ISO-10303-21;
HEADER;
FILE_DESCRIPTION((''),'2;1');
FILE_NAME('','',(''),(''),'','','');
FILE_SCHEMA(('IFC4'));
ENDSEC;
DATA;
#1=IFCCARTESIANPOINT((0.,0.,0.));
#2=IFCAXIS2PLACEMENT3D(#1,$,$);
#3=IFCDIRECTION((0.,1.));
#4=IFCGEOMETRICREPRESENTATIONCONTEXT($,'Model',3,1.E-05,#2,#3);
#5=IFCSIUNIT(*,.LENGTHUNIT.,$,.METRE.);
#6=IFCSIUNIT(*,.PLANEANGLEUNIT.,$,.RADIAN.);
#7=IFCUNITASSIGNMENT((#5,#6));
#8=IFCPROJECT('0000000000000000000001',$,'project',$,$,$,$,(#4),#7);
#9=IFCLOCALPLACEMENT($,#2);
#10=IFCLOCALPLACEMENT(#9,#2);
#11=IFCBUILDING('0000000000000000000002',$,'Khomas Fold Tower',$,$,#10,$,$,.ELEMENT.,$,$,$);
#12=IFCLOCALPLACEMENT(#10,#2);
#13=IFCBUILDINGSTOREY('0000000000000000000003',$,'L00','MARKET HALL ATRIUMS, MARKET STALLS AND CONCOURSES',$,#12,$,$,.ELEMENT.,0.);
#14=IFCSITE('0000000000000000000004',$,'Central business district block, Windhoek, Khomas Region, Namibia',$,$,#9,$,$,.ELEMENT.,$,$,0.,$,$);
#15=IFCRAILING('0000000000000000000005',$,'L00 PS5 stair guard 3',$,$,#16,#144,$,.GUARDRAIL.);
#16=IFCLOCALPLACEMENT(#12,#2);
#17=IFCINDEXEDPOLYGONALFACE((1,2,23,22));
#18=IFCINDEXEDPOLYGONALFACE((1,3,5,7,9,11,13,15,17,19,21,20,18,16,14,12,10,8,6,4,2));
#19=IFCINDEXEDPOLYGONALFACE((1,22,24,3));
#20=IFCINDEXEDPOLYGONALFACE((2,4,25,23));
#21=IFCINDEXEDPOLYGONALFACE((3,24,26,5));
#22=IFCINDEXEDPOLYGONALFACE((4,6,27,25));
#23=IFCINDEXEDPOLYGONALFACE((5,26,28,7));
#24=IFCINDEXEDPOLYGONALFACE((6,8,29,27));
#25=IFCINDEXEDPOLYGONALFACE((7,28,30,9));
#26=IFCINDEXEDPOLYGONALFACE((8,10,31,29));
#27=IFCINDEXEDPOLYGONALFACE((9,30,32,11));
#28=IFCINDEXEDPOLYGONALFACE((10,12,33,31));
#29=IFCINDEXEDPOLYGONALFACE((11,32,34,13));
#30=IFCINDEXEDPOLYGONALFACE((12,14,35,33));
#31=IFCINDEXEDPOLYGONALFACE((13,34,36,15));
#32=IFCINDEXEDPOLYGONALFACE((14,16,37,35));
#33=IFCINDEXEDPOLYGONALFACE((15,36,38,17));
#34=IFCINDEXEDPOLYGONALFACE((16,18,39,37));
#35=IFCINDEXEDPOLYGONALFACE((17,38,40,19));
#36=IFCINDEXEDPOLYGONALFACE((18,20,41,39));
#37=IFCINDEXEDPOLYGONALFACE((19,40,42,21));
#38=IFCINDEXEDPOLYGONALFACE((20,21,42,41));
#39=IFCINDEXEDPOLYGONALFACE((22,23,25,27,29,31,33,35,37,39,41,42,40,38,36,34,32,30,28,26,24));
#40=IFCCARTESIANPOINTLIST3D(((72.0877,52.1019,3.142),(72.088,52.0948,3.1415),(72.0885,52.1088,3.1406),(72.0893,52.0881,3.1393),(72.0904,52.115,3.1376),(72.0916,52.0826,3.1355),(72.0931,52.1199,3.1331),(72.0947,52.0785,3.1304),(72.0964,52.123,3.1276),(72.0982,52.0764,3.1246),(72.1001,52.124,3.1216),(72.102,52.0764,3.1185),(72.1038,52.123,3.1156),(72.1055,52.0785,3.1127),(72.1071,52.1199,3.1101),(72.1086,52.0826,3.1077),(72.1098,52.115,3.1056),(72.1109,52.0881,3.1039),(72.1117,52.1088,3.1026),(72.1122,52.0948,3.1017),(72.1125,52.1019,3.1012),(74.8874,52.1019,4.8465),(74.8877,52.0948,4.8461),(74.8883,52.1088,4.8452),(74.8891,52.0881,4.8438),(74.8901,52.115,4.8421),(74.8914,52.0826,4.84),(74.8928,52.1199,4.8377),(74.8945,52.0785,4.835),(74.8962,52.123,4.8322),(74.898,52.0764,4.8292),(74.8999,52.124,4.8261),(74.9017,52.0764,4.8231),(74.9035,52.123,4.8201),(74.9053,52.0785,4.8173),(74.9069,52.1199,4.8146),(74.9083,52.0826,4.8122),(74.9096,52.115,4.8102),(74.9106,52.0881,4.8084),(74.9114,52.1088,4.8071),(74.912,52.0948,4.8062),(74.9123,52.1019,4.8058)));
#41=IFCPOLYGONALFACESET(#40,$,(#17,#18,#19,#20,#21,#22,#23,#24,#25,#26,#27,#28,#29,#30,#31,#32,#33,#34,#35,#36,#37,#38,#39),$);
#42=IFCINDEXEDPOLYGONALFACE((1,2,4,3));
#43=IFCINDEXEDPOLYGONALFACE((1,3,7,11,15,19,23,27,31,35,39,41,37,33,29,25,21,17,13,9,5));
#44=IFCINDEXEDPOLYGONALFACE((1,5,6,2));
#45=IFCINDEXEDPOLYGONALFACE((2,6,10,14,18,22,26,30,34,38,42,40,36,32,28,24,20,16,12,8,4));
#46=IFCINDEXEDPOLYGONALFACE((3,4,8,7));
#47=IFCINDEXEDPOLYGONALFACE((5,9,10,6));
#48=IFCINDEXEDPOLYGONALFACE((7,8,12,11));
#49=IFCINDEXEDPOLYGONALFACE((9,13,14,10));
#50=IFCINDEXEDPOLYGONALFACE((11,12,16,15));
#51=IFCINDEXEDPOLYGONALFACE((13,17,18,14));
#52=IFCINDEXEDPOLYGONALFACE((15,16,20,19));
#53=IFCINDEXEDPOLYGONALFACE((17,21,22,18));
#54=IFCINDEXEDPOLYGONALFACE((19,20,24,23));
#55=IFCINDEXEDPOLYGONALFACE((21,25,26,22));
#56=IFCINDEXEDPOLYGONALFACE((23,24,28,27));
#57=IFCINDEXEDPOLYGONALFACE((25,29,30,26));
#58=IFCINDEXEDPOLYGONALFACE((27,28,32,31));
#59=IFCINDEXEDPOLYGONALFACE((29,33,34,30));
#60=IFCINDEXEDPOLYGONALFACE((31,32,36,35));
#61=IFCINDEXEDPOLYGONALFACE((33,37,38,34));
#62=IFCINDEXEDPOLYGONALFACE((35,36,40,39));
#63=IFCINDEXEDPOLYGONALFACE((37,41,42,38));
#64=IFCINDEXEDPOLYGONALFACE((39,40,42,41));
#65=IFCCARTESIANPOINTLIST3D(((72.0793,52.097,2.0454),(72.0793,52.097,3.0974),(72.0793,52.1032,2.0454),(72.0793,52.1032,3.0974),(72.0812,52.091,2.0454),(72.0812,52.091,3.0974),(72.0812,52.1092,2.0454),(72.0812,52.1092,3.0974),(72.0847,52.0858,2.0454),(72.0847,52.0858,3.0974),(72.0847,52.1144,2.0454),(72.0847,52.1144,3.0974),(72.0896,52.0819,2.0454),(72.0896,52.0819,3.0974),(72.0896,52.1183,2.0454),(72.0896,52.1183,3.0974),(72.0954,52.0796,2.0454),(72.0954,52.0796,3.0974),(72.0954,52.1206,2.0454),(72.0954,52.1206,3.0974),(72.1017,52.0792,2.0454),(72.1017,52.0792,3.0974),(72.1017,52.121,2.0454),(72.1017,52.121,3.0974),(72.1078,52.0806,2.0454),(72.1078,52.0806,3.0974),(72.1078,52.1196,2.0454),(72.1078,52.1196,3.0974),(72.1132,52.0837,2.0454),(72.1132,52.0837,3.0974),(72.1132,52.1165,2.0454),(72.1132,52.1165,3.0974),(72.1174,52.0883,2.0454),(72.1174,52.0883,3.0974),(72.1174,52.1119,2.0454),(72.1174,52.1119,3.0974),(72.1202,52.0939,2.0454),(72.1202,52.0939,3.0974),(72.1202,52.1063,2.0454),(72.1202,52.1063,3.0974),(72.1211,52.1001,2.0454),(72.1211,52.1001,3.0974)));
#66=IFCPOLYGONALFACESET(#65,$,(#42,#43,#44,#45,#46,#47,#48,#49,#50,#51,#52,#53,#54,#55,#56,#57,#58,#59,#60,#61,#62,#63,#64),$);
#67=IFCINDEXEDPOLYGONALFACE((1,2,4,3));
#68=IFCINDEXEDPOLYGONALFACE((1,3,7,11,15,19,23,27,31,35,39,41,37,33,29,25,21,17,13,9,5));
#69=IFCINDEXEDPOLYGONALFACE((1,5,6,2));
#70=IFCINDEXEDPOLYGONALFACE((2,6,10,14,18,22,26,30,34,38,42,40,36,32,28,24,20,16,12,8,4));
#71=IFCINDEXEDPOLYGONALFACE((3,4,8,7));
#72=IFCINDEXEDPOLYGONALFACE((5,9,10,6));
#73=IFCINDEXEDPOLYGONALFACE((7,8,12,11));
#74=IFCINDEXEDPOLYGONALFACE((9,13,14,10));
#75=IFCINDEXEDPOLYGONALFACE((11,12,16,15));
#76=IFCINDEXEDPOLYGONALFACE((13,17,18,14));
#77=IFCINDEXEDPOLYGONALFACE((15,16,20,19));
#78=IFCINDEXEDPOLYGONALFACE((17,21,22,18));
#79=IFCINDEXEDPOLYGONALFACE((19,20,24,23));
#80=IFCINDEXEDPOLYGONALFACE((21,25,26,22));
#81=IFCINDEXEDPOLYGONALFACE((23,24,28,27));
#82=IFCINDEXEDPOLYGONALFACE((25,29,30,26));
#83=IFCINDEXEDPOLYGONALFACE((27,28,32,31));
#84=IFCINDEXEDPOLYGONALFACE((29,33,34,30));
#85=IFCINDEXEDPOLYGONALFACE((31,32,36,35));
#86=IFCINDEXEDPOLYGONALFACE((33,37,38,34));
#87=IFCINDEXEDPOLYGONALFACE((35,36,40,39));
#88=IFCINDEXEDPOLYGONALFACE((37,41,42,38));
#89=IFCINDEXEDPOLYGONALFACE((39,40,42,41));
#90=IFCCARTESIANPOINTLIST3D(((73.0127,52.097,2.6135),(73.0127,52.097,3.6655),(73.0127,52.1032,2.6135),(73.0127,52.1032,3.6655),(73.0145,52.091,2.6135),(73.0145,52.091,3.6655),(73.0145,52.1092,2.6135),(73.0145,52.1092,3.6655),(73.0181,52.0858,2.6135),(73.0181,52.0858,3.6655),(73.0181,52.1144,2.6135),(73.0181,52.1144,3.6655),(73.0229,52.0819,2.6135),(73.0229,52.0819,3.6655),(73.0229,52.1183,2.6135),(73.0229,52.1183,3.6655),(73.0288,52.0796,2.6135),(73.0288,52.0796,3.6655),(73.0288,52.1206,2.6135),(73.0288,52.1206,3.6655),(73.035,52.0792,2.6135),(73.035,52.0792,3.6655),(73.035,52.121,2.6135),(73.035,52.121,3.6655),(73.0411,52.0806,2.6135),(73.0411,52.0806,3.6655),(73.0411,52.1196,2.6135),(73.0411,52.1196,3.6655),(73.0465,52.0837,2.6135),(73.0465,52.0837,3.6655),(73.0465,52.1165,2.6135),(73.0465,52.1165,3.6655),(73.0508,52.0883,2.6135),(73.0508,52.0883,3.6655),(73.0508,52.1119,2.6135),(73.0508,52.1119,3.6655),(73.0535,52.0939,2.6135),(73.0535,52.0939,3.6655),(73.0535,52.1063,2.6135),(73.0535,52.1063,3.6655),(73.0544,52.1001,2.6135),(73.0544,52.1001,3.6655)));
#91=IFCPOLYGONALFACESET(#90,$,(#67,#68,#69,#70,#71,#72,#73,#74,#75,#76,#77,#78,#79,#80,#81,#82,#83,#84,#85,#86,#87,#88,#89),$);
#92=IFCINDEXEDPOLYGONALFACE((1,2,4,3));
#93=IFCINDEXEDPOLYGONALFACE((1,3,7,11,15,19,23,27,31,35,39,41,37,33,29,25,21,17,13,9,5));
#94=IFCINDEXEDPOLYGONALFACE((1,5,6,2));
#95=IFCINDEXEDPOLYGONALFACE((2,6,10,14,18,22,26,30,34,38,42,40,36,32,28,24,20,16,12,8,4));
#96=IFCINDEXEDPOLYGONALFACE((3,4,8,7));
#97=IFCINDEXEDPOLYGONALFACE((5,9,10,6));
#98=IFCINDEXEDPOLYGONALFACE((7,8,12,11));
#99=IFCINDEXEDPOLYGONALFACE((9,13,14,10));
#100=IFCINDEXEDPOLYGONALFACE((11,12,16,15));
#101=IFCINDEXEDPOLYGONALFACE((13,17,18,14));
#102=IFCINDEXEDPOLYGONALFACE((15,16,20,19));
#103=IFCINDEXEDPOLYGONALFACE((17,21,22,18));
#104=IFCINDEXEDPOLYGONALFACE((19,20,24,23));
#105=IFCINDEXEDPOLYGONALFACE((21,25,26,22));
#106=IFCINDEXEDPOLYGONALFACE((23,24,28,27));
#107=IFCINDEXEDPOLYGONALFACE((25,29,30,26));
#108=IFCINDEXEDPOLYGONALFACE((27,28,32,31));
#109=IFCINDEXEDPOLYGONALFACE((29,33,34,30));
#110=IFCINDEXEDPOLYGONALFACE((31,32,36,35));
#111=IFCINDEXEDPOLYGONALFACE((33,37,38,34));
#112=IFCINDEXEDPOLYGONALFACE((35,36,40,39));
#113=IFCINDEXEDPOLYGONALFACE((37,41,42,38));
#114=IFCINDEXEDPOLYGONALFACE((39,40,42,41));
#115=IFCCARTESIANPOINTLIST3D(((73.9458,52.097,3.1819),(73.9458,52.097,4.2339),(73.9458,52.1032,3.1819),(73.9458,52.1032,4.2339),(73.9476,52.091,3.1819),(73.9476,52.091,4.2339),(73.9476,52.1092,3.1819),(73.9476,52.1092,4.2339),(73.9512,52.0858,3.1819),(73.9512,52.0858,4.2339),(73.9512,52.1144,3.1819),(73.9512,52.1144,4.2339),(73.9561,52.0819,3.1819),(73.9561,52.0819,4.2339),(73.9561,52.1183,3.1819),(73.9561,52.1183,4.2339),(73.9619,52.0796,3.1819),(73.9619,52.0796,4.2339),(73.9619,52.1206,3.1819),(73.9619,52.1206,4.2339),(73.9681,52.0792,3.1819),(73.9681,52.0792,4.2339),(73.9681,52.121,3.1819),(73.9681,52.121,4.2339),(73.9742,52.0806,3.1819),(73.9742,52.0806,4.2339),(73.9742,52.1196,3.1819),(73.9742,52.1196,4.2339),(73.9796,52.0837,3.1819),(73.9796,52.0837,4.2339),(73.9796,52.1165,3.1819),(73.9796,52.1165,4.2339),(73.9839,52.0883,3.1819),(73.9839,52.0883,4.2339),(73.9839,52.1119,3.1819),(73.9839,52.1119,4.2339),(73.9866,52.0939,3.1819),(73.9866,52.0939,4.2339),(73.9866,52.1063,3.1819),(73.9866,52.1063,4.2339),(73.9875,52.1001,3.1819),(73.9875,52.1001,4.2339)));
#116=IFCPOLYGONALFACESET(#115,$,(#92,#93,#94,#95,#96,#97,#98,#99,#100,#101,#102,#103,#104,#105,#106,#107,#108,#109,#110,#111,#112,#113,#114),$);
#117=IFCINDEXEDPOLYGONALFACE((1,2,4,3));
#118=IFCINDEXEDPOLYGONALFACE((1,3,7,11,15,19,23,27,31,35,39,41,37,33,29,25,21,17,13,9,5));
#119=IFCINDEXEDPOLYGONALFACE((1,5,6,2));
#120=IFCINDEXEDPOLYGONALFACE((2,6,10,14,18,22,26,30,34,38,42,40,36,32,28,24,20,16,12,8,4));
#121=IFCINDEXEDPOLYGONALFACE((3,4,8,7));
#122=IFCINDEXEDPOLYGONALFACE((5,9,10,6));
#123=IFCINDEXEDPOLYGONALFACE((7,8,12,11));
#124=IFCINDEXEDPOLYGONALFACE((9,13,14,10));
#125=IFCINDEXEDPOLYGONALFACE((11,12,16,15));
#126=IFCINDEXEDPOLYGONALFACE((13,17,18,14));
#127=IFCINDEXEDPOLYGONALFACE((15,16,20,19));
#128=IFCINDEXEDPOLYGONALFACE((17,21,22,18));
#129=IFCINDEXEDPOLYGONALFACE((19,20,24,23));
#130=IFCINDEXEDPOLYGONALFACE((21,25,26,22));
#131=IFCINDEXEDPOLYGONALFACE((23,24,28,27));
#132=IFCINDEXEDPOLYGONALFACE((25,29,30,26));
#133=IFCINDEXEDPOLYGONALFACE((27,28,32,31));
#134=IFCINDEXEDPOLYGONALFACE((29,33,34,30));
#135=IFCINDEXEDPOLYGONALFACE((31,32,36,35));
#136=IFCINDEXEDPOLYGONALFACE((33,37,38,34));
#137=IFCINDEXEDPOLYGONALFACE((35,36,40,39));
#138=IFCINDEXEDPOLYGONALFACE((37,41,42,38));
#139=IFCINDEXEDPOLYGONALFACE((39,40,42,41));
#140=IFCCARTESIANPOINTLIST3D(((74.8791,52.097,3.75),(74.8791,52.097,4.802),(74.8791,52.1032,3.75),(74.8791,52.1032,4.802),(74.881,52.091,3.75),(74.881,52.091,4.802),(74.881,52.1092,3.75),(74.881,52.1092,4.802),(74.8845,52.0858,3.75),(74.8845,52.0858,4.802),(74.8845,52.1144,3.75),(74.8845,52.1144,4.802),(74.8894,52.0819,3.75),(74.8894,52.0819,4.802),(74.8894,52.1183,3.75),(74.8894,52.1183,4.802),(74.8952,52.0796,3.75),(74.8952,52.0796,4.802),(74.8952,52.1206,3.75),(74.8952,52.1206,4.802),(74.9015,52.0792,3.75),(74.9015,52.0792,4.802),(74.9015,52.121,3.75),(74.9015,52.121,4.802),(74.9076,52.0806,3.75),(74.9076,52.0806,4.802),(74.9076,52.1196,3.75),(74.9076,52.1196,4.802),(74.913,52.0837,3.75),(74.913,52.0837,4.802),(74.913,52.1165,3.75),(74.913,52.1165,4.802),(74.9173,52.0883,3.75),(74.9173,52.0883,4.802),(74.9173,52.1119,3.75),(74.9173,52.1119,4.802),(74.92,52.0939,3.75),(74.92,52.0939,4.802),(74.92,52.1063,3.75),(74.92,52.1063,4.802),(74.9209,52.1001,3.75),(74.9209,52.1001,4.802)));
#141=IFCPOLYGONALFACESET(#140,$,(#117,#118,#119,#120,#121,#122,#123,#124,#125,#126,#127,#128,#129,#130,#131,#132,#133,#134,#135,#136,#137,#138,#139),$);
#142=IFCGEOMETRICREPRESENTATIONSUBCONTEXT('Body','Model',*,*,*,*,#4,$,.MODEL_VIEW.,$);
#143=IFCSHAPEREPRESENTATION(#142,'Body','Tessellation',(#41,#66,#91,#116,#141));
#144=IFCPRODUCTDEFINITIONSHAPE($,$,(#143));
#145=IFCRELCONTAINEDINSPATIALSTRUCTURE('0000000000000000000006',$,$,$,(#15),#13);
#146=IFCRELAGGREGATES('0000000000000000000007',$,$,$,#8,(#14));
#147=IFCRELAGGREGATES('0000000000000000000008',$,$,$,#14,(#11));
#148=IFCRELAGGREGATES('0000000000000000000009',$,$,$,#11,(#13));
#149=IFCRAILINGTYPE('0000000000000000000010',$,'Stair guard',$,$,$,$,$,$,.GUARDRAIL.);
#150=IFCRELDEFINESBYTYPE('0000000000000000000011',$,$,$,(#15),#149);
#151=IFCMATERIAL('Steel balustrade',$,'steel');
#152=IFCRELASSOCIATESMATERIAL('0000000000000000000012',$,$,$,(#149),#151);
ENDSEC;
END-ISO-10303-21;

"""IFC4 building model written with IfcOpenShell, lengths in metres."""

from ifc_helpers import new_model, si_unit, direction, frame, origin, origin_2d, place, context, subcontext, project, spatial, circle, extrude, source, transform, mapped, material, type_object, element, save


model = new_model("IFC4")

# Units and contexts
model_context = context("Model", 3, precision=1e-05, world=origin(), true_north=direction((0.0, 1.0)))
body_context = subcontext(model_context, "Body", "Model", "MODEL_VIEW")
ifc_project = project(units=[si_unit("LENGTHUNIT", "METRE"), si_unit("PLANEANGLEUNIT", "RADIAN")], contexts=[model_context])

# Site, building, storey
site_placement = place(None, origin())
site = spatial("IfcSite", under=ifc_project, at=site_placement, Name="Central business district block, Windhoek, Khomas Region, Namibia", CompositionType="ELEMENT", RefElevation=0.0)
building_placement = place(site_placement, origin())
building = spatial("IfcBuilding", under=site, at=building_placement, Name="Khomas Fold Tower", CompositionType="ELEMENT")
storey_placement = place(building_placement, origin())
storey = spatial("IfcBuildingStorey", under=building, at=storey_placement, Name="L00", Description="MARKET HALL ATRIUMS, MARKET STALLS AND CONCOURSES", CompositionType="ELEMENT", Elevation=0.0)

# Railing
ifc_material_1 = material(Name="Steel balustrade", Category="steel")
railing_type_1 = type_object("IfcRailingType", Name="Stair guard", PredefinedType="GUARDRAIL", material=ifc_material_1)
shared_shape_1 = source(origin(), body_context, "Body", "SweptSolid", [
    extrude(circle(Radius=0.0239, at=origin_2d()), frame((0.0, 0.0, 1.0762), z_axis=(0.85415, 0.0, 0.520027), x_axis=(0.0, 1.0, 0.0)), (0.0, 0.0, 1.0), 3.2778),
    extrude(circle(Radius=0.021, at=origin_2d()), origin(), (0.0, 0.0, 1.0), 1.052),
    extrude(circle(Radius=0.021, at=origin_2d()), frame((0.9333, 0.0, 0.5681)), (0.0, 0.0, 1.0), 1.052),
    extrude(circle(Radius=0.021, at=origin_2d()), frame((1.8665, 0.0, 1.1365)), (0.0, 0.0, 1.0), 1.052),
    extrude(circle(Radius=0.021, at=origin_2d()), frame((2.7998, 0.0, 1.7046)), (0.0, 0.0, 1.0), 1.052),
])
for number, where, name in (
    (1, (72.1001, 52.1001, 2.0454), "L00 PS5 stair guard 3"),
):
    element("IfcRailing", number, at=place(storey_placement, frame(where)), inside=storey, type_object=railing_type_1, Name=name, PredefinedType="GUARDRAIL", context=body_context, shape_type="MappedRepresentation", body=[
        mapped(shared_shape_1, transform((0.0, 0.0, 0.0))),
    ])

save(model, "model.ifc")
